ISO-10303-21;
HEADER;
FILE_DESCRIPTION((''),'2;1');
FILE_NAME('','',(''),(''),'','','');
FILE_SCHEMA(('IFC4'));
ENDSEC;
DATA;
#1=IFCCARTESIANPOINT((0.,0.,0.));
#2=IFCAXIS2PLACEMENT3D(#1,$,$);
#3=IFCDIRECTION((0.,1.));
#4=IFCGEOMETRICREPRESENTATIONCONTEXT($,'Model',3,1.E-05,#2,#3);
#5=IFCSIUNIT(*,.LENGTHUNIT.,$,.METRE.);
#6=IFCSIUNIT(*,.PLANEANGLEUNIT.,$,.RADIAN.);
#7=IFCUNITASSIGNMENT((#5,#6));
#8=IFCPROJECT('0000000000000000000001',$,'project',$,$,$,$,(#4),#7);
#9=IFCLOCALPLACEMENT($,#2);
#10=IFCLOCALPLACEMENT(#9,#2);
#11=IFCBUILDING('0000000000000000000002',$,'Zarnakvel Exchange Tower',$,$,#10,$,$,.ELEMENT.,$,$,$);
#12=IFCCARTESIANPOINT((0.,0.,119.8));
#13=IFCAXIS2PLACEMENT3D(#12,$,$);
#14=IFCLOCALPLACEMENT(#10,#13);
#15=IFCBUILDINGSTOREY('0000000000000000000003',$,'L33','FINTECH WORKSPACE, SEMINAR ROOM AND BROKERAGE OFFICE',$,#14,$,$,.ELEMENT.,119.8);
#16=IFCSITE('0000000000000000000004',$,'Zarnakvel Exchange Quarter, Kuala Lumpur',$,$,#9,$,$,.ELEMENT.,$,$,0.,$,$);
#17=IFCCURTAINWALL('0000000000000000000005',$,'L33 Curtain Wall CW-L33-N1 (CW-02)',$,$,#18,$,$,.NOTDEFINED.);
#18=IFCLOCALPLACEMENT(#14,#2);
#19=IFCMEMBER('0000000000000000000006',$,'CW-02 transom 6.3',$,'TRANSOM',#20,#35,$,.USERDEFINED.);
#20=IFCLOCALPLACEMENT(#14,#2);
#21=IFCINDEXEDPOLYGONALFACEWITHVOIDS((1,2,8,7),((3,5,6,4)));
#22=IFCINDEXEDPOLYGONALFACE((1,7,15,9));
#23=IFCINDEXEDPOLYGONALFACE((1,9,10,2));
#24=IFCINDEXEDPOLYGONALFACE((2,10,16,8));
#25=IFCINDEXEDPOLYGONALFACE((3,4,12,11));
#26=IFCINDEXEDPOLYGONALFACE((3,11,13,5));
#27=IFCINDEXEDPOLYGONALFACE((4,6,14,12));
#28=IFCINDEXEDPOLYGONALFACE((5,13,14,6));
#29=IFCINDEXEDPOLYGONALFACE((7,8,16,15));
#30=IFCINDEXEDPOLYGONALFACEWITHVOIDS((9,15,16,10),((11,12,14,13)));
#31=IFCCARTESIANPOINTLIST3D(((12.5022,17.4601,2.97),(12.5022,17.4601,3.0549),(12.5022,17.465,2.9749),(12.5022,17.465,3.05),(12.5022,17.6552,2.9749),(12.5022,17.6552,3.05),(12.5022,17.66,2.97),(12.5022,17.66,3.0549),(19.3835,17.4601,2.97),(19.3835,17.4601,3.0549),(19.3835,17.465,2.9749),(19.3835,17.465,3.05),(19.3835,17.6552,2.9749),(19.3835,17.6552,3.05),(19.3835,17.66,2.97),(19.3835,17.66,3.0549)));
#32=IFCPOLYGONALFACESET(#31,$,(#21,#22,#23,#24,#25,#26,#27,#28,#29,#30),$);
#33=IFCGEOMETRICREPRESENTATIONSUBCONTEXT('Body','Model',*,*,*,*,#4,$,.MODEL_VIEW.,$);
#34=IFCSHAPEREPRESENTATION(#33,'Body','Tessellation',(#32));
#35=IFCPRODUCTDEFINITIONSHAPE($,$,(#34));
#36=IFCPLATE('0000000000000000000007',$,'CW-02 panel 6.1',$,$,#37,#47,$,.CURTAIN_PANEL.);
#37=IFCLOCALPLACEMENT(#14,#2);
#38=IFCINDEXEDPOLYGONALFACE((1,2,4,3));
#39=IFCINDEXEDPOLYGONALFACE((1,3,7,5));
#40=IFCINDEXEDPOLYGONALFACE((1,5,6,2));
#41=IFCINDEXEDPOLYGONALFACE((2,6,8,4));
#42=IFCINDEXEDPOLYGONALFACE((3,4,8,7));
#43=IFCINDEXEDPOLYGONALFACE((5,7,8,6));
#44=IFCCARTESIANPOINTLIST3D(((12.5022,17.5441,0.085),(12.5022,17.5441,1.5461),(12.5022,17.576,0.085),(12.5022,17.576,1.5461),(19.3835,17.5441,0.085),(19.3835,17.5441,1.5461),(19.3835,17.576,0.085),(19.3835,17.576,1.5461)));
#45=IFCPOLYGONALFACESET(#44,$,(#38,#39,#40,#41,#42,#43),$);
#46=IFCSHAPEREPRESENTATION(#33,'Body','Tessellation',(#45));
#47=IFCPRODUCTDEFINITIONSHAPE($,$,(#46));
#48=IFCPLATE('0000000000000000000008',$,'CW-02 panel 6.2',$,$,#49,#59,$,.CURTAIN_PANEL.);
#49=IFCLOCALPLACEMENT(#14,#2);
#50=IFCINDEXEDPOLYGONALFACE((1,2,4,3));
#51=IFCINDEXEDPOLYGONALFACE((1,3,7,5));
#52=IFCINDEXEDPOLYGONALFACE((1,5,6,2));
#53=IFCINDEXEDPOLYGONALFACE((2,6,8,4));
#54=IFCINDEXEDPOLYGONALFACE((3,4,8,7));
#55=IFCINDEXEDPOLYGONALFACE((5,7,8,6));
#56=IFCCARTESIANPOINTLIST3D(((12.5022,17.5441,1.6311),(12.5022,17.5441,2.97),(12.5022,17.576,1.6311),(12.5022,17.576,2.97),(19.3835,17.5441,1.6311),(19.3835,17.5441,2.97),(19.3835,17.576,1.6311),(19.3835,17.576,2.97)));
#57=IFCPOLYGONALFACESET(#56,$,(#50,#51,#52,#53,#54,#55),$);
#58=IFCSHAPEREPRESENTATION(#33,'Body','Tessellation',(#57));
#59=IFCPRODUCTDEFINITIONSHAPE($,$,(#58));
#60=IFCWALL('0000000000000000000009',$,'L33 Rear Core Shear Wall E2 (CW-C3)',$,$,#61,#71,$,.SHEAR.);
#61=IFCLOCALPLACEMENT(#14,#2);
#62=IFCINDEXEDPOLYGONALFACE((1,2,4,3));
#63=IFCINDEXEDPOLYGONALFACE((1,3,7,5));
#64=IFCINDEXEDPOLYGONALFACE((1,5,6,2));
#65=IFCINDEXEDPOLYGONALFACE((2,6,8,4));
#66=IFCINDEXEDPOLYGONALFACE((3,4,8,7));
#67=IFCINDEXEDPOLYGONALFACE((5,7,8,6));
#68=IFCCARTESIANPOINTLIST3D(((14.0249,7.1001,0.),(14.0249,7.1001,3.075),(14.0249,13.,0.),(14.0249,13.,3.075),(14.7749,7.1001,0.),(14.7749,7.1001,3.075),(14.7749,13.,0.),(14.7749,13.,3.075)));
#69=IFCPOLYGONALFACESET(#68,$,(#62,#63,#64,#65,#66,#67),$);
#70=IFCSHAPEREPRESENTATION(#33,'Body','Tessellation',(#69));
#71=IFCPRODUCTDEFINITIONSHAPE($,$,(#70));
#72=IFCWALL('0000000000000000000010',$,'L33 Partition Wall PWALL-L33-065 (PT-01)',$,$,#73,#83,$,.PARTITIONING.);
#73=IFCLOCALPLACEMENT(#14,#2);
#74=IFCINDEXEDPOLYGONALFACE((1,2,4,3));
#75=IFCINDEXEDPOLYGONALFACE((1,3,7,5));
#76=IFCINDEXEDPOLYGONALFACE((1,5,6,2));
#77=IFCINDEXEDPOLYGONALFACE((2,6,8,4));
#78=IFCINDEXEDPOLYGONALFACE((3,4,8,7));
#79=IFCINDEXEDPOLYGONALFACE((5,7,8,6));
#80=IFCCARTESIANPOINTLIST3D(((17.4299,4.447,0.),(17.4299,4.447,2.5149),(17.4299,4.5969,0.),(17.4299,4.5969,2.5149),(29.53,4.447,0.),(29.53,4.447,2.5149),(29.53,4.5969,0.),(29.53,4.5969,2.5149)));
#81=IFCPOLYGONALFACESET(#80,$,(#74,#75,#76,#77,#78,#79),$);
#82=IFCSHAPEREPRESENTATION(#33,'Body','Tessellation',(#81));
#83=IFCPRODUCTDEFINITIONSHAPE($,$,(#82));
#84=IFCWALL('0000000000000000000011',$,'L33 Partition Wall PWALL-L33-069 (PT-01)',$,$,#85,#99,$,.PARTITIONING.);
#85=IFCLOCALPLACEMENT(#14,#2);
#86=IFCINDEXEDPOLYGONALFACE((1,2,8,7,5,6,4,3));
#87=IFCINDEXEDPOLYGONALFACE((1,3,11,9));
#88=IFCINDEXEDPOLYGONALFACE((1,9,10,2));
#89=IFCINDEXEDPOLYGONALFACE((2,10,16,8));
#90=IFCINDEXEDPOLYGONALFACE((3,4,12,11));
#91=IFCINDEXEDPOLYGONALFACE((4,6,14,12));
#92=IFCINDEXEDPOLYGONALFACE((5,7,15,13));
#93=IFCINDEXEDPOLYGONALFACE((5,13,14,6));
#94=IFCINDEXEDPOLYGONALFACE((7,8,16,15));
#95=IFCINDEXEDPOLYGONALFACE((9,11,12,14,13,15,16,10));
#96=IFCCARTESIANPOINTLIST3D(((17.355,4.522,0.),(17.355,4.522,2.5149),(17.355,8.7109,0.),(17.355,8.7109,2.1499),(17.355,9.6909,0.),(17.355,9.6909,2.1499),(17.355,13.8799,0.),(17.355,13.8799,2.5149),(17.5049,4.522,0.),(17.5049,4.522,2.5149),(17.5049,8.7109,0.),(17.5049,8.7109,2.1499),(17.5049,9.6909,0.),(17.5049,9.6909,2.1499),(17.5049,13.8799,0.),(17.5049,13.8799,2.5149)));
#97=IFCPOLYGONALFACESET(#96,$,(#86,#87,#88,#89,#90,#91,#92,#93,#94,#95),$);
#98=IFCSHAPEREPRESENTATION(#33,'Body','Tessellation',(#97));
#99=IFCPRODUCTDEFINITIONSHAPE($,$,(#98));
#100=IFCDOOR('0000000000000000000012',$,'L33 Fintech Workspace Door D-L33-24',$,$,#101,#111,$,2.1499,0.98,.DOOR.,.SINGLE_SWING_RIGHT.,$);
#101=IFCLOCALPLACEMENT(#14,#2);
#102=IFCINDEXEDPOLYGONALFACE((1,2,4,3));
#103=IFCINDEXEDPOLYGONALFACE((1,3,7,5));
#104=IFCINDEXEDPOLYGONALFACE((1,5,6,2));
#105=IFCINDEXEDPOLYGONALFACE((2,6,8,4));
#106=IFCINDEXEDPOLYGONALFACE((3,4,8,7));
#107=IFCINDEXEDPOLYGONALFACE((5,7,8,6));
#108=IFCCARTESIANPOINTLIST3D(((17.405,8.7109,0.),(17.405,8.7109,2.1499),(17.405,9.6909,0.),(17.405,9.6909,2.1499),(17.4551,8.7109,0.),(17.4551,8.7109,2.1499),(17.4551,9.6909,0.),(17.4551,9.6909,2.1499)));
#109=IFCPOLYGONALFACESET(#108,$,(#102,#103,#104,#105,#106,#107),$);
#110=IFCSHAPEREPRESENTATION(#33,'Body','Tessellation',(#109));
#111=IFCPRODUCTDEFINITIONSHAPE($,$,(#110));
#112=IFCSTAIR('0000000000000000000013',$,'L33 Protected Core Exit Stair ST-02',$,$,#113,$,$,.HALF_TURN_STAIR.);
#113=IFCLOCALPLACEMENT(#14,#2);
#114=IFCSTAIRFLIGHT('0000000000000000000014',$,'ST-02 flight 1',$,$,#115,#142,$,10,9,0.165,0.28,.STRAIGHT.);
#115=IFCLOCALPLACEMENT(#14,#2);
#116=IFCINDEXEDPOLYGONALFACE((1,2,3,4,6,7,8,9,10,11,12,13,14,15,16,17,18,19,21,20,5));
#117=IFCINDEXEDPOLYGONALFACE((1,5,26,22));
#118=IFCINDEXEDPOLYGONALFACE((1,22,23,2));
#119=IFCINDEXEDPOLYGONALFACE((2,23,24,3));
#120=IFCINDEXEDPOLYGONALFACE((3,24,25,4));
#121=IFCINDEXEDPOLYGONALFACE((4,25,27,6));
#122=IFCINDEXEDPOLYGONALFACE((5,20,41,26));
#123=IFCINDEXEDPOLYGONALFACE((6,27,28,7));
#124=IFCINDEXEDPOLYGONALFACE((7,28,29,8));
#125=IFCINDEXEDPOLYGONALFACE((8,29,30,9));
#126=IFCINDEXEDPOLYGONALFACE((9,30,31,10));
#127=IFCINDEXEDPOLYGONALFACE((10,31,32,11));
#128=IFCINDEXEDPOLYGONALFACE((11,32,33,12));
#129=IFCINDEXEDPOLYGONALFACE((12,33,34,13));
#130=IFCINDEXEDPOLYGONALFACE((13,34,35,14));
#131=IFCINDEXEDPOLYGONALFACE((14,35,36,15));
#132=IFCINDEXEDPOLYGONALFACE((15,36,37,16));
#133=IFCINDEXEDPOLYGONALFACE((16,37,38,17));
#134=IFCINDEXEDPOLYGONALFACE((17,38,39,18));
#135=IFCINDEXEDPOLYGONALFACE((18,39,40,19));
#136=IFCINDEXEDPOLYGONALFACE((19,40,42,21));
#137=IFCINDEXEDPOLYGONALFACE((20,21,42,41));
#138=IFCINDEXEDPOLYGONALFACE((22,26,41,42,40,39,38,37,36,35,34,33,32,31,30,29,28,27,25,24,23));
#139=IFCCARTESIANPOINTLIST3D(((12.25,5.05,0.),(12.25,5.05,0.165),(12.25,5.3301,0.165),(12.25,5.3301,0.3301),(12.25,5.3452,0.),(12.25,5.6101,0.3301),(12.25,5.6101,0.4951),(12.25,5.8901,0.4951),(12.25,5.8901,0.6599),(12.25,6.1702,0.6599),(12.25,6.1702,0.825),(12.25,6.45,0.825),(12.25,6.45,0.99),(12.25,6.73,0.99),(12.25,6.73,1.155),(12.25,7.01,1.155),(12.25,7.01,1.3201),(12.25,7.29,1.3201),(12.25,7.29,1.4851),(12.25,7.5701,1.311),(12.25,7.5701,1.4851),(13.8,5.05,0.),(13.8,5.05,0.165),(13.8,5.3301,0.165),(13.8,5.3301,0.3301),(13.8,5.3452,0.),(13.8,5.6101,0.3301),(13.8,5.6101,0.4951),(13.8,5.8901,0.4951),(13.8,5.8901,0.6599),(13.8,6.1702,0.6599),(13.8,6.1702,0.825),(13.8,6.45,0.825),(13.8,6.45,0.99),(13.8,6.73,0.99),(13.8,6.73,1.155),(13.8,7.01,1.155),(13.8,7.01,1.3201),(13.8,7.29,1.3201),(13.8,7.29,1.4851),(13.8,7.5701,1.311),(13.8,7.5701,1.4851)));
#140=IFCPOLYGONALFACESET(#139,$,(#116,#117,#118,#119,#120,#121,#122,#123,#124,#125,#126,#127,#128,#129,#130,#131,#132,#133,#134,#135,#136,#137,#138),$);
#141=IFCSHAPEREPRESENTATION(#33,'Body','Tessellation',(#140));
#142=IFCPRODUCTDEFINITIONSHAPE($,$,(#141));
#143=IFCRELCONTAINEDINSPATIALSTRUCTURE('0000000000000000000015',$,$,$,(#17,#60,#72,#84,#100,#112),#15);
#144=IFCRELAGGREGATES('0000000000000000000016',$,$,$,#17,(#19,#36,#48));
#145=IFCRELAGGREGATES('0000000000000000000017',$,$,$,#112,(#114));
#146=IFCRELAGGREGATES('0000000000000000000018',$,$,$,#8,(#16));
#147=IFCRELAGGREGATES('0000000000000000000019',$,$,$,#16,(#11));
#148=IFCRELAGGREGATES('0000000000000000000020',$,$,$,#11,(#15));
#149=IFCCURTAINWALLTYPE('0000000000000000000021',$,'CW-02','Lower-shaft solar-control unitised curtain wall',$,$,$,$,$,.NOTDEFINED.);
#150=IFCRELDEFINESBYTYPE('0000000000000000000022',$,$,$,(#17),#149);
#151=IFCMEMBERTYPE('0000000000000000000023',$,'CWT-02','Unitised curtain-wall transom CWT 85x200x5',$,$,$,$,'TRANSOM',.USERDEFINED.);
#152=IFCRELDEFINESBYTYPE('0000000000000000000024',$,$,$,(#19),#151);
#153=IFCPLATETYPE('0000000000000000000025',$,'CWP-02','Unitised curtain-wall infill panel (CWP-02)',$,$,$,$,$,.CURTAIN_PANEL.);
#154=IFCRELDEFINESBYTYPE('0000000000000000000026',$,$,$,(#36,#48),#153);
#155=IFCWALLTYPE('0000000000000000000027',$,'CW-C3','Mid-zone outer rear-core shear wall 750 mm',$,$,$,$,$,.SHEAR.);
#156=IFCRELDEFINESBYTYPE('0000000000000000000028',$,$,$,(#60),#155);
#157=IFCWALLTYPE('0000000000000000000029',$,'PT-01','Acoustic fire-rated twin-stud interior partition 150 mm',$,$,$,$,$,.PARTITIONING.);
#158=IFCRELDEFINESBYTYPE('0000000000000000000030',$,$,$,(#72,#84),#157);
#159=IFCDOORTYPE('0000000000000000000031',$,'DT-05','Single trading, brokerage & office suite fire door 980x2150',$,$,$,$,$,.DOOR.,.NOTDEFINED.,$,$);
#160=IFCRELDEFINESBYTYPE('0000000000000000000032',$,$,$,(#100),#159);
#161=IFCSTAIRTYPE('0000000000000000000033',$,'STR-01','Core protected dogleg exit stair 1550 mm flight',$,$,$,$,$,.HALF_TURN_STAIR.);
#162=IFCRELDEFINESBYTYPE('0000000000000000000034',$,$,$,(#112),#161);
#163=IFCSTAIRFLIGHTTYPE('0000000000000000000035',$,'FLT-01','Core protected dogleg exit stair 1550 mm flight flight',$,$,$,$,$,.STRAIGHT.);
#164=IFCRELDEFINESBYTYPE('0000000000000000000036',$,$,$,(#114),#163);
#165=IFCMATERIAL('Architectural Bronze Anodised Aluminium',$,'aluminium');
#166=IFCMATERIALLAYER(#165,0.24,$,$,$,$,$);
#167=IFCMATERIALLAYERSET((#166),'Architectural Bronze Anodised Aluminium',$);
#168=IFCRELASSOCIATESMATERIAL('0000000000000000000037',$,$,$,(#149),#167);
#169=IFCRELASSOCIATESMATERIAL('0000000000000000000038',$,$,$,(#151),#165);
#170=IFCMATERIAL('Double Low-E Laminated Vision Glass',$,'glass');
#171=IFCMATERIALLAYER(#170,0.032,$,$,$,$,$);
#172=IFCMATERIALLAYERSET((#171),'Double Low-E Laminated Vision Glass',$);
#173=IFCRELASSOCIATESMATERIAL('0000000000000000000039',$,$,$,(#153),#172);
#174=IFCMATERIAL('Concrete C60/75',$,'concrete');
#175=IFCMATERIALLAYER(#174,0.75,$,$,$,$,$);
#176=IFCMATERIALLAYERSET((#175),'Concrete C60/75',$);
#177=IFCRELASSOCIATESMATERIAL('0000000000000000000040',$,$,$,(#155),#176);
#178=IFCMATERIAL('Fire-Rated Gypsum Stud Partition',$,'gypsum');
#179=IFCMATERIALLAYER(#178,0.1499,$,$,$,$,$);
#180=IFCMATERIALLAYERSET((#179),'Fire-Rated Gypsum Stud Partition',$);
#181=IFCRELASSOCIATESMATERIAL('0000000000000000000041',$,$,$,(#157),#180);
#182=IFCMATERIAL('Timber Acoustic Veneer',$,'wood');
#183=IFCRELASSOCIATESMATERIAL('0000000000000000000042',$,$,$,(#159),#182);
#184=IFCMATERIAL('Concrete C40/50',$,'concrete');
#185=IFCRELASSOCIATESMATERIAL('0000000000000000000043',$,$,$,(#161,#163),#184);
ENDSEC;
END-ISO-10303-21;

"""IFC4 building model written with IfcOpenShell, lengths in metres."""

from ifc_helpers import new_model, si_unit, direction, frame, frame_2d, origin, origin_2d, place, context, subcontext, project, spatial, polyline, rectangle, hollow_rectangle, outline, extrude, source, transform, mapped, material, layer, layer_set, material_profile, profile_set, type_object, element, fill, aggregate, save


model = new_model("IFC4")

# Units and contexts
model_context = context("Model", 3, precision=1e-05, world=origin(), true_north=direction((0.0, 1.0)))
body_context = subcontext(model_context, "Body", "Model", "MODEL_VIEW")
ifc_project = project(units=[si_unit("LENGTHUNIT", "METRE"), si_unit("PLANEANGLEUNIT", "RADIAN")], contexts=[model_context])

# Site, building, storey
site_placement = place(None, origin())
site = spatial("IfcSite", under=ifc_project, at=site_placement, Name="Zarnakvel Exchange Quarter, Kuala Lumpur", CompositionType="ELEMENT", RefElevation=0.0)
building_placement = place(site_placement, origin())
building = spatial("IfcBuilding", under=site, at=building_placement, Name="Zarnakvel Exchange Tower", CompositionType="ELEMENT")
storey_placement = place(building_placement, frame((0.0, 0.0, 119.8)))
storey = spatial("IfcBuildingStorey", under=building, at=storey_placement, Name="L33", Description="FINTECH WORKSPACE, SEMINAR ROOM AND BROKERAGE OFFICE", CompositionType="ELEMENT", Elevation=119.8)

# Shared definitions
ifc_material_1 = material(Name="Concrete C60/75", Category="concrete")

# Curtain wall, member, plates
ifc_material_2 = material(Name="Architectural Bronze Anodised Aluminium", Category="aluminium")
ifc_layer_1 = layer(ifc_material_2, 0.24)
ifc_layer_set_1 = layer_set([ifc_layer_1], Name="Architectural Bronze Anodised Aluminium")
curtain_wall_type = type_object("IfcCurtainWallType", Name="CW-02", Description="Lower-shaft solar-control unitised curtain wall", PredefinedType="NOTDEFINED", material=ifc_layer_set_1)
curtain_wall_placement = place(storey_placement, origin())
curtain_wall = element("IfcCurtainWall", 1, at=curtain_wall_placement, inside=storey, type_object=curtain_wall_type, Name="L33 Curtain Wall CW-L33-N1 (CW-02)", PredefinedType="NOTDEFINED")
ifc_material_profile_1 = material_profile(ifc_material_2, hollow_rectangle(XDim=0.2, YDim=0.085, WallThickness=0.0049, at=origin_2d()))
ifc_profile_set_1 = profile_set([ifc_material_profile_1], Name="Architectural Bronze Anodised Aluminium")
member_type_1 = type_object("IfcMemberType", Name="CWT-02", Description="Unitised curtain-wall transom CWT 85x200x5", ElementType="TRANSOM", PredefinedType="USERDEFINED", material=ifc_profile_set_1)
shared_shape_1 = source(origin(), body_context, "Body", "SweptSolid", [
    extrude(hollow_rectangle(XDim=0.2, YDim=0.085, WallThickness=0.0049, at=origin_2d()), origin(), (0.0, 0.0, 1.0), 6.8813),
])
member_1_placement = place(storey_placement, frame((12.5022, 17.5601, 3.0125), z_axis=(1.0, 0.0, 0.0), x_axis=(0.0, 1.0, 0.0)))
member_1 = element("IfcMember", 2, at=member_1_placement, type_object=member_type_1, Name="CW-02 transom 6.3", ObjectType="TRANSOM", PredefinedType="USERDEFINED", context=body_context, shape_type="MappedRepresentation", body=[
    mapped(shared_shape_1, transform((0.0, 0.0, 0.0), x_axis=(1.0, 0.0, 0.0), y_axis=(0.0, 1.0, 0.0), z_axis=(0.0, 0.0, 1.0), scale=1.0)),
])
ifc_material_3 = material(Name="Double Low-E Laminated Vision Glass", Category="glass")
ifc_layer_2 = layer(ifc_material_3, 0.032)
ifc_layer_set_2 = layer_set([ifc_layer_2], Name="Double Low-E Laminated Vision Glass")
plate_type = type_object("IfcPlateType", Name="CWP-02", Description="Unitised curtain-wall infill panel (CWP-02)", PredefinedType="CURTAIN_PANEL", material=ifc_layer_set_2)
shared_shape_2 = source(origin(), body_context, "Body", "SweptSolid", [
    extrude(rectangle(XDim=6.8813, YDim=0.032, at=origin_2d()), origin(), (0.0, 0.0, 1.0), 1.4612),
])
plate_1_placement = place(storey_placement, frame((15.9429, 17.5601, 0.085), z_axis=(0.0, 0.0, 1.0), x_axis=(1.0, 0.0, 0.0)))
plate_1 = element("IfcPlate", 3, at=plate_1_placement, type_object=plate_type, Name="CW-02 panel 6.1", PredefinedType="CURTAIN_PANEL", context=body_context, shape_type="MappedRepresentation", body=[
    mapped(shared_shape_2, transform((0.0, 0.0, 0.0), x_axis=(1.0, 0.0, 0.0), y_axis=(0.0, 1.0, 0.0), z_axis=(0.0, 0.0, 1.0), scale=1.0)),
])
shared_shape_3 = source(origin(), body_context, "Body", "SweptSolid", [
    extrude(rectangle(XDim=6.8813, YDim=0.032, at=origin_2d()), origin(), (0.0, 0.0, 1.0), 1.3389),
])
plate_2_placement = place(storey_placement, frame((15.9429, 17.5601, 1.6311), z_axis=(0.0, 0.0, 1.0), x_axis=(1.0, 0.0, 0.0)))
plate_2 = element("IfcPlate", 4, at=plate_2_placement, type_object=plate_type, Name="CW-02 panel 6.2", PredefinedType="CURTAIN_PANEL", context=body_context, shape_type="MappedRepresentation", body=[
    mapped(shared_shape_3, transform((0.0, 0.0, 0.0), x_axis=(1.0, 0.0, 0.0), y_axis=(0.0, 1.0, 0.0), z_axis=(0.0, 0.0, 1.0), scale=1.0)),
])
aggregate(curtain_wall, [member_1, plate_1, plate_2])

# Walls
ifc_layer_3 = layer(ifc_material_1, 0.75)
ifc_layer_set_3 = layer_set([ifc_layer_3], Name="Concrete C60/75")
wall_type_1 = type_object("IfcWallType", Name="CW-C3", Description="Mid-zone outer rear-core shear wall 750 mm", PredefinedType="SHEAR", material=ifc_layer_set_3)
wall_1_placement = place(storey_placement, frame((14.3999, 7.1001, 0.0), z_axis=(0.0, 0.0, 1.0), x_axis=(0.0, 1.0, 0.0)))
element("IfcWall", 5, at=wall_1_placement, inside=storey, type_object=wall_type_1, Name="L33 Rear Core Shear Wall E2 (CW-C3)", PredefinedType="SHEAR", context=body_context, shape_type="SweptSolid", body=[
    extrude(rectangle(XDim=5.8999, YDim=0.75, at=frame_2d((2.95, 0.0))), origin(), (0.0, 0.0, 1.0), 3.075),
])
ifc_material_4 = material(Name="Fire-Rated Gypsum Stud Partition", Category="gypsum")
ifc_layer_4 = layer(ifc_material_4, 0.1499)
ifc_layer_set_4 = layer_set([ifc_layer_4], Name="Fire-Rated Gypsum Stud Partition")
wall_type_2 = type_object("IfcWallType", Name="PT-01", Description="Acoustic fire-rated twin-stud interior partition 150 mm", PredefinedType="PARTITIONING", material=ifc_layer_set_4)
wall_2_placement = place(storey_placement, frame((17.4299, 4.522, 0.0), z_axis=(0.0, 0.0, 1.0), x_axis=(1.0, 0.0, 0.0)))
element("IfcWall", 6, at=wall_2_placement, inside=storey, type_object=wall_type_2, Name="L33 Partition Wall PWALL-L33-065 (PT-01)", PredefinedType="PARTITIONING", context=body_context, shape_type="SweptSolid", body=[
    extrude(rectangle(XDim=12.1001, YDim=0.1499, at=frame_2d((6.05, 0.0))), origin(), (0.0, 0.0, 1.0), 2.5149),
])

# Wall, opening, door
wall_3_placement = place(storey_placement, frame((17.4299, 4.522, 0.0), z_axis=(0.0, 0.0, 1.0), x_axis=(0.0, 1.0, 0.0)))
wall_3 = element("IfcWall", 7, at=wall_3_placement, inside=storey, type_object=wall_type_2, Name="L33 Partition Wall PWALL-L33-069 (PT-01)", PredefinedType="PARTITIONING", context=body_context, shape_type="SweptSolid", body=[
    extrude(rectangle(XDim=9.3579, YDim=0.1499, at=frame_2d((4.679, 0.0))), origin(), (0.0, 0.0, 1.0), 2.5149),
])
opening_1_placement = place(wall_3_placement, frame((4.189, 0.0, 0.0)))
opening_1 = element("IfcOpeningElement", 8, at=opening_1_placement, cuts=wall_3, PredefinedType="OPENING", context=body_context, shape_type="SweptSolid", body=[
    extrude(rectangle(XDim=0.98, YDim=2.1499, at=frame_2d((0.49, 1.075))), frame((0.0, 0.085, 0.0), z_axis=(0.0, -1.0, 0.0), x_axis=(1.0, 0.0, 0.0)), (0.0, 0.0, 1.0), 0.1699),
])
ifc_material_5 = material(Name="Timber Acoustic Veneer", Category="wood")
door_type_1 = type_object("IfcDoorType", Name="DT-05", Description="Single trading, brokerage & office suite fire door 980x2150", OperationType="NOTDEFINED", PredefinedType="DOOR", material=ifc_material_5)
shared_shape_4 = source(origin(), body_context, "Body", "SweptSolid", [
    extrude(rectangle(XDim=0.98, YDim=2.1499, at=frame_2d((0.49, 1.075))), frame((0.0, 0.0249, 0.0), z_axis=(0.0, -1.0, 0.0), x_axis=(1.0, 0.0, 0.0)), (0.0, 0.0, 1.0), 0.05),
])
door_1_placement = place(opening_1_placement, origin())
door_1 = element("IfcDoor", 9, at=door_1_placement, inside=storey, type_object=door_type_1, Name="L33 Fintech Workspace Door D-L33-24", OperationType="SINGLE_SWING_RIGHT", OverallHeight=2.1499, OverallWidth=0.98, PredefinedType="DOOR", context=body_context, shape_type="MappedRepresentation", body=[
    mapped(shared_shape_4, transform((0.0, 0.0, 0.0), x_axis=(1.0, 0.0, 0.0), y_axis=(0.0, 1.0, 0.0), z_axis=(0.0, 0.0, 1.0), scale=1.0)),
])
fill(opening_1, door_1)
ifc_material_6 = material(Name="Concrete C40/50", Category="concrete")

# Stair, stair flight
stair_type = type_object("IfcStairType", Name="STR-01", Description="Core protected dogleg exit stair 1550 mm flight", PredefinedType="HALF_TURN_STAIR", material=ifc_material_6)
stair_placement = place(storey_placement, origin())
stair = element("IfcStair", 10, at=stair_placement, inside=storey, type_object=stair_type, Name="L33 Protected Core Exit Stair ST-02", PredefinedType="HALF_TURN_STAIR")
stair_flight_type = type_object("IfcStairFlightType", Name="FLT-01", Description="Core protected dogleg exit stair 1550 mm flight flight", PredefinedType="STRAIGHT", material=ifc_material_6)
stair_flight_placement = place(storey_placement, frame((13.0249, 5.05, 0.0), z_axis=(0.0, 0.0, 1.0), x_axis=(0.0, 1.0, 0.0)))
stair_flight = element("IfcStairFlight", 11, at=stair_flight_placement, type_object=stair_flight_type, Name="ST-02 flight 1", NumberOfRisers=10, NumberOfTreads=9, PredefinedType="STRAIGHT", RiserHeight=0.165, TreadLength=0.28, context=body_context, shape_type="SweptSolid", body=[
    extrude(outline(polyline([(0.0, 0.0), (0.0, 0.165), (0.28, 0.165), (0.28, 0.3301), (0.5601, 0.3301), (0.5601, 0.4951), (0.8401, 0.4951), (0.8401, 0.6599), (1.1201, 0.6599), (1.1201, 0.825), (1.3999, 0.825), (1.3999, 0.99), (1.6799, 0.99), (1.6799, 1.155), (1.96, 1.155), (1.96, 1.3201), (2.24, 1.3201), (2.24, 1.4851), (2.52, 1.4851), (2.52, 1.6499), (2.52, 1.311), (0.2952, 0.0), (0.0, 0.0)])), frame((0.0, 0.7749, 0.0), z_axis=(0.0, -1.0, 0.0), x_axis=(1.0, 0.0, 0.0)), (0.0, 0.0, 1.0), 1.55),
])
aggregate(stair, [stair_flight])

save(model, "model.ifc")
